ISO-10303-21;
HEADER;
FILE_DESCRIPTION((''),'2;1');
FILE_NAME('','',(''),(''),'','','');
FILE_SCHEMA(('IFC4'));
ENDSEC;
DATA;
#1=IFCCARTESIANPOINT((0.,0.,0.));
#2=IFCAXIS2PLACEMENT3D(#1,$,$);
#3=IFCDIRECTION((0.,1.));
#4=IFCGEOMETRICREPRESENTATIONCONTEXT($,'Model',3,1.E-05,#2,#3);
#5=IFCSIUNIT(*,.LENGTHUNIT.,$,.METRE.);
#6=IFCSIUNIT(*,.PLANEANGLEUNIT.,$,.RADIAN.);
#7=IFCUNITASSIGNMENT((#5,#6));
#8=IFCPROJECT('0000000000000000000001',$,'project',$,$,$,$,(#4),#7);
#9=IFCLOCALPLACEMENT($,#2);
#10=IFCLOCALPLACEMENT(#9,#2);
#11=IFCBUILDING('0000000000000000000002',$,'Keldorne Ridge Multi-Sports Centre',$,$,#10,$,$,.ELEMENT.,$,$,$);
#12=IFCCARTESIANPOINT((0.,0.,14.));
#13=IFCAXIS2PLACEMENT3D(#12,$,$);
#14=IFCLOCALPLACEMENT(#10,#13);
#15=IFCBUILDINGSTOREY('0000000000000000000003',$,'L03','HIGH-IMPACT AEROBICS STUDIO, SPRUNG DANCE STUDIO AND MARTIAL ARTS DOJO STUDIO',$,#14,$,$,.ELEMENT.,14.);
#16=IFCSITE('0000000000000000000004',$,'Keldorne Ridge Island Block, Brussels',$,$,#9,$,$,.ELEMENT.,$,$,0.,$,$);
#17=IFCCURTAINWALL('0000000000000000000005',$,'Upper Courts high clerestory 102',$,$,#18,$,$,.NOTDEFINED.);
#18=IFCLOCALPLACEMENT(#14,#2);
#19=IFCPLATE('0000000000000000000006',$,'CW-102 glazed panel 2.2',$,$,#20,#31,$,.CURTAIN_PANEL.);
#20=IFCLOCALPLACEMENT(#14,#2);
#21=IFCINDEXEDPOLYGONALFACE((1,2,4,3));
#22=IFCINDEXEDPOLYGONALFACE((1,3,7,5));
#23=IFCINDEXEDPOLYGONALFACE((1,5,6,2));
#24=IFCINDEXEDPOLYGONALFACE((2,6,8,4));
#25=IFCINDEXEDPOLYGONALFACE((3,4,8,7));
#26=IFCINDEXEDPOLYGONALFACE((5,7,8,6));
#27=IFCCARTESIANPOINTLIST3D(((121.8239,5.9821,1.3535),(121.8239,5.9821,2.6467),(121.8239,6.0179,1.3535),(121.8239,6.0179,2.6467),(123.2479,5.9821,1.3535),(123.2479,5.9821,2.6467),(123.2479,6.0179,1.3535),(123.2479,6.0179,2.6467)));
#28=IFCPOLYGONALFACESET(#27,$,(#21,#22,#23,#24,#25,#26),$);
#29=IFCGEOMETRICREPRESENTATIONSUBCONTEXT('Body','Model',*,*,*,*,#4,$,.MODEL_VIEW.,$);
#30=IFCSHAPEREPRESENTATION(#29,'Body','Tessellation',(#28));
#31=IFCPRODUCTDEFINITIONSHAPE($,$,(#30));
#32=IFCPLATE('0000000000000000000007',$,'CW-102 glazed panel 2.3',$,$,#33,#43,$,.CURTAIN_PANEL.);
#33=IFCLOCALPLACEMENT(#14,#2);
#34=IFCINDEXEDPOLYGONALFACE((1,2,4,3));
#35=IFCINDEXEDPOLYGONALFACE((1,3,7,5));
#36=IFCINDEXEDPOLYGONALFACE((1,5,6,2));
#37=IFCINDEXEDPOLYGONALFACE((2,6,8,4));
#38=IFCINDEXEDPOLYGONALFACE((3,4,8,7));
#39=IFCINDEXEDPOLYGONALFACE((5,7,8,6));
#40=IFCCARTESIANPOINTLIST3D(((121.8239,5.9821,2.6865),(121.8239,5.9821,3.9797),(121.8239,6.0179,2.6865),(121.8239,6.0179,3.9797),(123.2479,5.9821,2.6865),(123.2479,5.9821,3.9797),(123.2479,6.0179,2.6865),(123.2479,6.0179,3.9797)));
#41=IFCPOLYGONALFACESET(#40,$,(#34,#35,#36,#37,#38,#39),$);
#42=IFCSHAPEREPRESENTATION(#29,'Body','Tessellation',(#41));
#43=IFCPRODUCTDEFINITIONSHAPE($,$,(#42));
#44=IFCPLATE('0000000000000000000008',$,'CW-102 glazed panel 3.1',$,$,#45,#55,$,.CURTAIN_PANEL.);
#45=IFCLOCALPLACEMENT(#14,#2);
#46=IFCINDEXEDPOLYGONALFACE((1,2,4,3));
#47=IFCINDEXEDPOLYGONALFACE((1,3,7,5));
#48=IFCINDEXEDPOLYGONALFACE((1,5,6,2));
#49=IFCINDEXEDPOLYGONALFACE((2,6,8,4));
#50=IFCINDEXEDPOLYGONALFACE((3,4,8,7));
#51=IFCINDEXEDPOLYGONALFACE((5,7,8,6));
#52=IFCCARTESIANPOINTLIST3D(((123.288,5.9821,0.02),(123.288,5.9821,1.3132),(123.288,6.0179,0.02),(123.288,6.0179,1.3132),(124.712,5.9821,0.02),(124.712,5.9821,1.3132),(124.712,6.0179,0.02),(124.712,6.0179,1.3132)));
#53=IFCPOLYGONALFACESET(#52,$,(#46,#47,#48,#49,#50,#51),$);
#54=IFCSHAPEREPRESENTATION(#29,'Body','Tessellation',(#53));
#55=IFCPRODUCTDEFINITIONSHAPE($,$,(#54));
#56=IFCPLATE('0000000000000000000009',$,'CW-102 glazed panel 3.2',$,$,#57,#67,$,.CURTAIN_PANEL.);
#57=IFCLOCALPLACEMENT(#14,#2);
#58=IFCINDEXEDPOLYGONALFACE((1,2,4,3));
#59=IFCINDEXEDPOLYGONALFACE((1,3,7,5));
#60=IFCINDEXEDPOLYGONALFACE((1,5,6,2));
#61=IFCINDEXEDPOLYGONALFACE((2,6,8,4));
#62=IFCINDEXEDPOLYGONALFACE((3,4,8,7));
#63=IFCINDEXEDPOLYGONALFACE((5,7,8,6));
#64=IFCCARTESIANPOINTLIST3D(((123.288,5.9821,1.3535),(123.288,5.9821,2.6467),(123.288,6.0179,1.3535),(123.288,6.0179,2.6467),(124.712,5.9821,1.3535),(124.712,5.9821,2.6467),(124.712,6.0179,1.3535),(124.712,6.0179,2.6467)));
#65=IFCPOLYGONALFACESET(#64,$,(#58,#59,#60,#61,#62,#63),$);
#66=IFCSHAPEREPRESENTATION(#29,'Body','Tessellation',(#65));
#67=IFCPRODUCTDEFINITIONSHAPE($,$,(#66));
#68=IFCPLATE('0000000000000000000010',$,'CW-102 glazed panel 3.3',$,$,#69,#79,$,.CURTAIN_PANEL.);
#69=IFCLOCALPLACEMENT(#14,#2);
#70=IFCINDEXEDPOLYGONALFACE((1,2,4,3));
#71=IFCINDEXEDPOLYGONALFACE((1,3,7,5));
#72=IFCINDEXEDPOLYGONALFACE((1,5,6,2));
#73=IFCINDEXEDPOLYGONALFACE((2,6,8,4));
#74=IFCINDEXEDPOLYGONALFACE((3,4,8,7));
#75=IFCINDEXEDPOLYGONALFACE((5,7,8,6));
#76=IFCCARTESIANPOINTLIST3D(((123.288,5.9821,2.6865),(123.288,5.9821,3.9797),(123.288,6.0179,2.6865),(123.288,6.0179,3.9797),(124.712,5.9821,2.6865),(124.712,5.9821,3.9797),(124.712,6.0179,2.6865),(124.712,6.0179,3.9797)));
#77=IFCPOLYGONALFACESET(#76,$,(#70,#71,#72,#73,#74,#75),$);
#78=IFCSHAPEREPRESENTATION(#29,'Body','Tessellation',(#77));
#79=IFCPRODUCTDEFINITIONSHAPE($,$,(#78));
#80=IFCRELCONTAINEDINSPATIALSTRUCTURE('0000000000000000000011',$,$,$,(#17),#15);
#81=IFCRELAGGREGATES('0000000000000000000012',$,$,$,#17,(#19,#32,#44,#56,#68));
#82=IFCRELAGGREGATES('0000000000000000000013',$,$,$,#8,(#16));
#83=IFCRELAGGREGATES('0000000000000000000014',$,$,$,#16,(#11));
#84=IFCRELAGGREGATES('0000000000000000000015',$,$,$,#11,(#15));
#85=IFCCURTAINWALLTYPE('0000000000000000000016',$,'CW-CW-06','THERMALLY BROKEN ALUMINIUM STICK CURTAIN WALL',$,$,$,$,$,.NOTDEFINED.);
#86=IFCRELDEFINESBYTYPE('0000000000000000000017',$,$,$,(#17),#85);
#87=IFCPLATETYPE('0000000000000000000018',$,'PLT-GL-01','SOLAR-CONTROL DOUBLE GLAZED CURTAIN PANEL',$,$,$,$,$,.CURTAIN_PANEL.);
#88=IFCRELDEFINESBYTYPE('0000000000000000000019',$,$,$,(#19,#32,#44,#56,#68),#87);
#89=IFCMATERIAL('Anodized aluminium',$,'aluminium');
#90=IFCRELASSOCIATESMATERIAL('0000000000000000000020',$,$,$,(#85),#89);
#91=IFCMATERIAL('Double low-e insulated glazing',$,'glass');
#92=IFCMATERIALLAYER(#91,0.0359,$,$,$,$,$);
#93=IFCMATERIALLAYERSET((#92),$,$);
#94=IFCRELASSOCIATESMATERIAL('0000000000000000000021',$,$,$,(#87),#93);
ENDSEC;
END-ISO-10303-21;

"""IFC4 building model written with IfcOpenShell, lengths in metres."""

from ifc_helpers import new_model, si_unit, direction, frame, origin, origin_2d, place, context, subcontext, project, spatial, rectangle, extrude, material, layer, layer_set, type_object, element, aggregate, save


model = new_model("IFC4")

# Units and contexts
model_context = context("Model", 3, precision=1e-05, world=origin(), true_north=direction((0.0, 1.0)))
body_context = subcontext(model_context, "Body", "Model", "MODEL_VIEW")
ifc_project = project(units=[si_unit("LENGTHUNIT", "METRE"), si_unit("PLANEANGLEUNIT", "RADIAN")], contexts=[model_context])

# Site, building, storey
site_placement = place(None, origin())
site = spatial("IfcSite", under=ifc_project, at=site_placement, Name="Keldorne Ridge Island Block, Brussels", CompositionType="ELEMENT", RefElevation=0.0)
building_placement = place(site_placement, origin())
building = spatial("IfcBuilding", under=site, at=building_placement, Name="Keldorne Ridge Multi-Sports Centre", CompositionType="ELEMENT")
storey_placement = place(building_placement, frame((0.0, 0.0, 14.0)))
storey = spatial("IfcBuildingStorey", under=building, at=storey_placement, Name="L03", Description="HIGH-IMPACT AEROBICS STUDIO, SPRUNG DANCE STUDIO AND MARTIAL ARTS DOJO STUDIO", CompositionType="ELEMENT", Elevation=14.0)

# Curtain wall, plates
ifc_material_1 = material(Name="Anodized aluminium", Category="aluminium")
curtain_wall_type = type_object("IfcCurtainWallType", Name="CW-CW-06", Description="THERMALLY BROKEN ALUMINIUM STICK CURTAIN WALL", PredefinedType="NOTDEFINED", material=ifc_material_1)
curtain_wall_placement = place(storey_placement, origin())
curtain_wall = element("IfcCurtainWall", 1, at=curtain_wall_placement, inside=storey, type_object=curtain_wall_type, Name="Upper Courts high clerestory 102", PredefinedType="NOTDEFINED")
ifc_material_2 = material(Name="Double low-e insulated glazing", Category="glass")
ifc_layer = layer(ifc_material_2, 0.0359)
ifc_layer_set = layer_set([ifc_layer])
plate_type = type_object("IfcPlateType", Name="PLT-GL-01", Description="SOLAR-CONTROL DOUBLE GLAZED CURTAIN PANEL", PredefinedType="CURTAIN_PANEL", material=ifc_layer_set)
plate_1_placement = place(storey_placement, frame((122.5359, 6.0, 1.3535), z_axis=(0.0, 0.0, 1.0), x_axis=(1.0, 0.0, 0.0)))
plate_1 = element("IfcPlate", 2, at=plate_1_placement, type_object=plate_type, Name="CW-102 glazed panel 2.2", PredefinedType="CURTAIN_PANEL", context=body_context, shape_type="SweptSolid", body=[
    extrude(rectangle(XDim=1.4241, YDim=0.0359, at=origin_2d()), origin(), (0.0, 0.0, 1.0), 1.2932),
])
plate_2_placement = place(storey_placement, frame((122.5359, 6.0, 2.6865), z_axis=(0.0, 0.0, 1.0), x_axis=(1.0, 0.0, 0.0)))
plate_2 = element("IfcPlate", 3, at=plate_2_placement, type_object=plate_type, Name="CW-102 glazed panel 2.3", PredefinedType="CURTAIN_PANEL", context=body_context, shape_type="SweptSolid", body=[
    extrude(rectangle(XDim=1.4241, YDim=0.0359, at=origin_2d()), origin(), (0.0, 0.0, 1.0), 1.2932),
])
plate_3_placement = place(storey_placement, frame((124.0, 6.0, 0.02), z_axis=(0.0, 0.0, 1.0), x_axis=(1.0, 0.0, 0.0)))
plate_3 = element("IfcPlate", 4, at=plate_3_placement, type_object=plate_type, Name="CW-102 glazed panel 3.1", PredefinedType="CURTAIN_PANEL", context=body_context, shape_type="SweptSolid", body=[
    extrude(rectangle(XDim=1.4241, YDim=0.0359, at=origin_2d()), origin(), (0.0, 0.0, 1.0), 1.2932),
])
plate_4_placement = place(storey_placement, frame((124.0, 6.0, 1.3535), z_axis=(0.0, 0.0, 1.0), x_axis=(1.0, 0.0, 0.0)))
plate_4 = element("IfcPlate", 5, at=plate_4_placement, type_object=plate_type, Name="CW-102 glazed panel 3.2", PredefinedType="CURTAIN_PANEL", context=body_context, shape_type="SweptSolid", body=[
    extrude(rectangle(XDim=1.4241, YDim=0.0359, at=origin_2d()), origin(), (0.0, 0.0, 1.0), 1.2932),
])
plate_5_placement = place(storey_placement, frame((124.0, 6.0, 2.6865), z_axis=(0.0, 0.0, 1.0), x_axis=(1.0, 0.0, 0.0)))
plate_5 = element("IfcPlate", 6, at=plate_5_placement, type_object=plate_type, Name="CW-102 glazed panel 3.3", PredefinedType="CURTAIN_PANEL", context=body_context, shape_type="SweptSolid", body=[
    extrude(rectangle(XDim=1.4241, YDim=0.0359, at=origin_2d()), origin(), (0.0, 0.0, 1.0), 1.2932),
])
aggregate(curtain_wall, [plate_1, plate_2, plate_3, plate_4, plate_5])

save(model, "model.ifc")
